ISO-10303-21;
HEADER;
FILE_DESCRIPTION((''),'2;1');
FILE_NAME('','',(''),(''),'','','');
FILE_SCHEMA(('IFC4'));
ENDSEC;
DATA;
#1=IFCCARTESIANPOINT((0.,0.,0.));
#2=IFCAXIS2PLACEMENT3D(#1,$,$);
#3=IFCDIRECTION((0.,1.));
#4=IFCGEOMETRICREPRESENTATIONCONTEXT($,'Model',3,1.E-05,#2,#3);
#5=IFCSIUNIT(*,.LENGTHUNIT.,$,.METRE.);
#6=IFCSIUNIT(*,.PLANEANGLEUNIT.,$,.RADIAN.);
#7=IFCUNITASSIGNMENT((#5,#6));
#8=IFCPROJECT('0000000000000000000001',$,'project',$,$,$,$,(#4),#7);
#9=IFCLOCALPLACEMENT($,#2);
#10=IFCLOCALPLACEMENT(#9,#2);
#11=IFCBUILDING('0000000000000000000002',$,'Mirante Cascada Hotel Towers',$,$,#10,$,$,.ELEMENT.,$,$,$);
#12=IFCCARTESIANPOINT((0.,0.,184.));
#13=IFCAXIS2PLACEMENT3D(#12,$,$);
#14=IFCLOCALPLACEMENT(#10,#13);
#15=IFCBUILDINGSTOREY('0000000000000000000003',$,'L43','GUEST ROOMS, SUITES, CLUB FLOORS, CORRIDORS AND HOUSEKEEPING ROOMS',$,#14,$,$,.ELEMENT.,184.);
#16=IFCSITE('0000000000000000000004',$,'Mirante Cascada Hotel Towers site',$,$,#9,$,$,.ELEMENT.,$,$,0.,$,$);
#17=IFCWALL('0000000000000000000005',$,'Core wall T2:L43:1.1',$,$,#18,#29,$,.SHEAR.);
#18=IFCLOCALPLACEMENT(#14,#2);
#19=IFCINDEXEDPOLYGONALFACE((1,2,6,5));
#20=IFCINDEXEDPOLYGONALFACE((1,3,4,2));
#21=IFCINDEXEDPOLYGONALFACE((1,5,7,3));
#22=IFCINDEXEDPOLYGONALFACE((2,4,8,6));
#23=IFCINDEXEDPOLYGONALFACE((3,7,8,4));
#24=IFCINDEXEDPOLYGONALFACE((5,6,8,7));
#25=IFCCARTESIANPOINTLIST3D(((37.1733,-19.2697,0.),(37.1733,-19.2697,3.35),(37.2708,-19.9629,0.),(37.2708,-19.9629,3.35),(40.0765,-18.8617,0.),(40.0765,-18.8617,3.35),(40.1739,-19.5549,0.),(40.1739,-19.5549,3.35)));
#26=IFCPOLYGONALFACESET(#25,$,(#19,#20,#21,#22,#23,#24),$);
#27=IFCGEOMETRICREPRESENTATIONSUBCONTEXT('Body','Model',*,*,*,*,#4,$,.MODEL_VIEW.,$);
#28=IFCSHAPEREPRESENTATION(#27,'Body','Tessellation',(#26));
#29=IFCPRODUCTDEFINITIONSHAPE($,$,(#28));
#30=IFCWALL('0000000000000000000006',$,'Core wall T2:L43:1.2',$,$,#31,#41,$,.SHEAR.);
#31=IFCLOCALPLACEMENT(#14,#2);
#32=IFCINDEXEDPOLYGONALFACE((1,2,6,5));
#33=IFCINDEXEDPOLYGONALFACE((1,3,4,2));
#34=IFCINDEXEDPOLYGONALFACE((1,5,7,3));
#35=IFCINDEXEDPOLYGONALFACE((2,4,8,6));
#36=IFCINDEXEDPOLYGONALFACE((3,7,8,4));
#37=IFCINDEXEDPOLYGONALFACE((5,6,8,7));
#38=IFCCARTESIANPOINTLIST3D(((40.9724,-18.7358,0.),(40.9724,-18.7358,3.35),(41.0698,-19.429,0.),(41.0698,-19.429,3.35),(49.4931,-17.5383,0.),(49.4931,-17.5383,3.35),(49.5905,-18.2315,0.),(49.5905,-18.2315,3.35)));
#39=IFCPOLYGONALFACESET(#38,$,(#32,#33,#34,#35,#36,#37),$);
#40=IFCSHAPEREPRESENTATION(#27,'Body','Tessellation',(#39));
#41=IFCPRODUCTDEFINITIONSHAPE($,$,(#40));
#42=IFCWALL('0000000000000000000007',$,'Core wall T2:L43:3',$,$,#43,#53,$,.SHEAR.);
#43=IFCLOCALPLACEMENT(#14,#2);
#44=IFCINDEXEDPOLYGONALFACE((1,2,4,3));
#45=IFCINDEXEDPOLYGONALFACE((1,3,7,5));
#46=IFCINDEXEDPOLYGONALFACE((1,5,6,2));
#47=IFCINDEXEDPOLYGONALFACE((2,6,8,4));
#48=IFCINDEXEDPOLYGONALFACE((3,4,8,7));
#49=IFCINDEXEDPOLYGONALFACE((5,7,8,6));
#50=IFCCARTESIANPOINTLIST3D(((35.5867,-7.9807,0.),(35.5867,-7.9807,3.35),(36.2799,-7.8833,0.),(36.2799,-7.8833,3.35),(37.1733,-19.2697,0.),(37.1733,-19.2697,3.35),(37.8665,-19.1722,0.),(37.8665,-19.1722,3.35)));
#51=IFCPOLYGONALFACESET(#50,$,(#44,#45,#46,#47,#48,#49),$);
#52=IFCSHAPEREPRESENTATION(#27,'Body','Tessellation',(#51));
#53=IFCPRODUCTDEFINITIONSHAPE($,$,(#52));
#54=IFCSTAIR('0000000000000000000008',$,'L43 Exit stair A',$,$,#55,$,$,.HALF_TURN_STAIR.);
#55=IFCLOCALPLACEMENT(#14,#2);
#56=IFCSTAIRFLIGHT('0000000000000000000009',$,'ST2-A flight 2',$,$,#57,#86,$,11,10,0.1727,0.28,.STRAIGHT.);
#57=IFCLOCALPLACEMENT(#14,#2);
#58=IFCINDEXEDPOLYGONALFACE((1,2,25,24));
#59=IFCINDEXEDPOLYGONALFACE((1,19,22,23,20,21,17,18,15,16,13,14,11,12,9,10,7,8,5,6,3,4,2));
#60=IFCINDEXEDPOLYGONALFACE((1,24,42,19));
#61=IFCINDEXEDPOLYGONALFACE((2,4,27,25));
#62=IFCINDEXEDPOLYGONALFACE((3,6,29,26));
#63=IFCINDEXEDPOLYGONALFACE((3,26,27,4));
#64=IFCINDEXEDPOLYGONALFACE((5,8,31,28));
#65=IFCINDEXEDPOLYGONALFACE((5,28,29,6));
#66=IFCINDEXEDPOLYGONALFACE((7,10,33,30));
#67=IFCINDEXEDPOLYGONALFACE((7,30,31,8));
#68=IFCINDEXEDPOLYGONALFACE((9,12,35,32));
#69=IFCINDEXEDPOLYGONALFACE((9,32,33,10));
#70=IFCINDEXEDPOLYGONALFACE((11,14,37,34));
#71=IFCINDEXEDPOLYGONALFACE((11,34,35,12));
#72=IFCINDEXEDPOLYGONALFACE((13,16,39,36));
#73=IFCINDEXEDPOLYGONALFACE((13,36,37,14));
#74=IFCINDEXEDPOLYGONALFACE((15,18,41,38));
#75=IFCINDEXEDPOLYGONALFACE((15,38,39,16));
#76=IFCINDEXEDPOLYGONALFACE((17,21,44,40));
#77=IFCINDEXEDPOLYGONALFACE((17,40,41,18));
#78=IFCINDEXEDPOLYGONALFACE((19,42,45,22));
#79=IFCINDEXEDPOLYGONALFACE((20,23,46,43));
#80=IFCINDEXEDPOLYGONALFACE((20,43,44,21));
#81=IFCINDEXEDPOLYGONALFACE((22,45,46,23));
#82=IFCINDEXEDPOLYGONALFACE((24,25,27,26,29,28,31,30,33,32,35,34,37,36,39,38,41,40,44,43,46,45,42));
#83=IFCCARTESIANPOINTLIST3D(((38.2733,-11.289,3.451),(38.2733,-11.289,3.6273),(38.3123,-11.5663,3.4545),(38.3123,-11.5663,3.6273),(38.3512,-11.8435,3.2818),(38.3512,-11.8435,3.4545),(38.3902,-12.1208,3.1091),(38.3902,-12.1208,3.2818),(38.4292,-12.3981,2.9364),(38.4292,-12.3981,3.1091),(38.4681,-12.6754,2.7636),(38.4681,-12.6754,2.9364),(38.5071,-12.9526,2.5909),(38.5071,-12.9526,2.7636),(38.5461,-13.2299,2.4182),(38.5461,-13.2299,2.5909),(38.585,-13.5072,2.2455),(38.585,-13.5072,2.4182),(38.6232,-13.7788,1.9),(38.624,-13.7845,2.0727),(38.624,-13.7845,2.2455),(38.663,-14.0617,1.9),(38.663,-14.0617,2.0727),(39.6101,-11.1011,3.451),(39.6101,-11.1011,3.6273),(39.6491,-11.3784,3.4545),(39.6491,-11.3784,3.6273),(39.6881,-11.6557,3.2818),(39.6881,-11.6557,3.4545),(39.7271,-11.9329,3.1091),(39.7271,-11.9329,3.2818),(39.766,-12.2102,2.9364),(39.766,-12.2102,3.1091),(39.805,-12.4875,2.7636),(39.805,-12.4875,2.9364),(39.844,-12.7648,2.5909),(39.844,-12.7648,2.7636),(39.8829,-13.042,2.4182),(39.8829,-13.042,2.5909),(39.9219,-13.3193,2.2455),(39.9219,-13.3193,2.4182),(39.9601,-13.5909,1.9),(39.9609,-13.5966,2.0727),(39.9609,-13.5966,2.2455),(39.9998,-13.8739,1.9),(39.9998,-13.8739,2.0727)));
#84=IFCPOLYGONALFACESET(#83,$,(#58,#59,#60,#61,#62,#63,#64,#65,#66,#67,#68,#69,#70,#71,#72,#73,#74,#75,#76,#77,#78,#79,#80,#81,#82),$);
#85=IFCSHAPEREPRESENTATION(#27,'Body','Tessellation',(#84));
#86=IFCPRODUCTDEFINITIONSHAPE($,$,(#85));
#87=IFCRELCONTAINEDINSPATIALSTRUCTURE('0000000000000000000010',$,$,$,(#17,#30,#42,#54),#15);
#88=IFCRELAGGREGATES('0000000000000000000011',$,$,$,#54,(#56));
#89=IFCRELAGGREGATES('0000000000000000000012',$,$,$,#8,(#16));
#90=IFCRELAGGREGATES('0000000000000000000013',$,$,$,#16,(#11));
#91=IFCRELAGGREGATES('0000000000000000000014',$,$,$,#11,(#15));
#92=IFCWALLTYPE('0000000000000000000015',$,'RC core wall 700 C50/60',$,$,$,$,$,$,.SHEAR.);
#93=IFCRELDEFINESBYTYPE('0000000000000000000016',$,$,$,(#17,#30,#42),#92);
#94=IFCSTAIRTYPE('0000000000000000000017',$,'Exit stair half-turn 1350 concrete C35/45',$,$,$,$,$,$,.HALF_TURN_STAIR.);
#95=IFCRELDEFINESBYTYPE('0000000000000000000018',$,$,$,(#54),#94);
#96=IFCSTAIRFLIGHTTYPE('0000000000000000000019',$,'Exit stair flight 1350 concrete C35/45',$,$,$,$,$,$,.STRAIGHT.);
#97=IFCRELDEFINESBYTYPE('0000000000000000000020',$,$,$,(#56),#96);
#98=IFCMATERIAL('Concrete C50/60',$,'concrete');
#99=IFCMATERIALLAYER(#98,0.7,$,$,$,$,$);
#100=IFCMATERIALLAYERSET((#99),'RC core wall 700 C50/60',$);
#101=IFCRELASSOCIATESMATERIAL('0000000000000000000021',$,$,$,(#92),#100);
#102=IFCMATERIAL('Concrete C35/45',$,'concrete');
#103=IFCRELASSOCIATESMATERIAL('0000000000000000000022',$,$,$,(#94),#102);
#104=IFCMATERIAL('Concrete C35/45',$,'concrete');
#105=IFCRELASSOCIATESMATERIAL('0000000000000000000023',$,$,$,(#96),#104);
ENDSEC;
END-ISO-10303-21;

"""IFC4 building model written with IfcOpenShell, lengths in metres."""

from ifc_helpers import new_model, si_unit, direction, frame, frame_2d, origin, place, context, subcontext, project, spatial, polyline, rectangle, outline, extrude, material, layer, layer_set, type_object, element, aggregate, save


model = new_model("IFC4")

# Units and contexts
model_context = context("Model", 3, precision=1e-05, world=origin(), true_north=direction((0.0, 1.0)))
body_context = subcontext(model_context, "Body", "Model", "MODEL_VIEW")
ifc_project = project(units=[si_unit("LENGTHUNIT", "METRE"), si_unit("PLANEANGLEUNIT", "RADIAN")], contexts=[model_context])

# Site, building, storey
site_placement = place(None, origin())
site = spatial("IfcSite", under=ifc_project, at=site_placement, Name="Mirante Cascada Hotel Towers site", CompositionType="ELEMENT", RefElevation=0.0)
building_placement = place(site_placement, origin())
building = spatial("IfcBuilding", under=site, at=building_placement, Name="Mirante Cascada Hotel Towers", CompositionType="ELEMENT")
storey_placement = place(building_placement, frame((0.0, 0.0, 184.0)))
storey = spatial("IfcBuildingStorey", under=building, at=storey_placement, Name="L43", Description="GUEST ROOMS, SUITES, CLUB FLOORS, CORRIDORS AND HOUSEKEEPING ROOMS", CompositionType="ELEMENT", Elevation=184.0)

# Walls
ifc_material_1 = material(Name="Concrete C50/60", Category="concrete")
ifc_layer_1 = layer(ifc_material_1, 0.7)
ifc_layer_set_1 = layer_set([ifc_layer_1], Name="RC core wall 700 C50/60")
wall_type_1 = type_object("IfcWallType", Name="RC core wall 700 C50/60", PredefinedType="SHEAR", material=ifc_layer_set_1)
wall_1_placement = place(storey_placement, frame((37.222, -19.6163, 0.0), z_axis=(0.0, 0.0, 1.0), x_axis=(0.990269, 0.139167, 0.0)))
element("IfcWall", 1, at=wall_1_placement, inside=storey, type_object=wall_type_1, Name="Core wall T2:L43:1.1", PredefinedType="SHEAR", context=body_context, shape_type="SweptSolid", body=[
    extrude(rectangle(XDim=2.9317, YDim=0.7, at=frame_2d((1.4659, 0.0))), origin(), (0.0, 0.0, 1.0), 3.35),
])
wall_2_placement = place(storey_placement, frame((41.0211, -19.0824, 0.0), z_axis=(0.0, 0.0, 1.0), x_axis=(0.990268, 0.139172, 0.0)))
element("IfcWall", 2, at=wall_2_placement, inside=storey, type_object=wall_type_1, Name="Core wall T2:L43:1.2", PredefinedType="SHEAR", context=body_context, shape_type="SweptSolid", body=[
    extrude(rectangle(XDim=8.6044, YDim=0.7, at=frame_2d((4.3022, 0.0))), origin(), (0.0, 0.0, 1.0), 3.35),
])
wall_3_placement = place(storey_placement, frame((37.5199, -19.221, 0.0), z_axis=(0.0, 0.0, 1.0), x_axis=(-0.139176, 0.990268, 0.0)))
element("IfcWall", 3, at=wall_3_placement, inside=storey, type_object=wall_type_1, Name="Core wall T2:L43:3", PredefinedType="SHEAR", context=body_context, shape_type="SweptSolid", body=[
    extrude(rectangle(XDim=11.3999, YDim=0.7, at=frame_2d((5.7, 0.0))), origin(), (0.0, 0.0, 1.0), 3.35),
])

# Stair, stair flight
ifc_material_2 = material(Name="Concrete C35/45", Category="concrete")
stair_type = type_object("IfcStairType", Name="Exit stair half-turn 1350 concrete C35/45", PredefinedType="HALF_TURN_STAIR", material=ifc_material_2)
stair_placement = place(storey_placement, origin())
stair = element("IfcStair", 4, at=stair_placement, inside=storey, type_object=stair_type, Name="L43 Exit stair A", PredefinedType="HALF_TURN_STAIR")
ifc_material_3 = material(Name="Concrete C35/45", Category="concrete")
stair_flight_type = type_object("IfcStairFlightType", Name="Exit stair flight 1350 concrete C35/45", PredefinedType="STRAIGHT", material=ifc_material_3)
stair_flight_placement = place(storey_placement, frame((39.3314, -13.9678, 1.9), z_axis=(0.0, 0.0, 1.0), x_axis=(-0.139173, 0.990268, 0.0)))
stair_flight = element("IfcStairFlight", 5, at=stair_flight_placement, type_object=stair_flight_type, Name="ST2-A flight 2", NumberOfRisers=11, NumberOfTreads=10, PredefinedType="STRAIGHT", RiserHeight=0.1727, TreadLength=0.28, context=body_context, shape_type="SweptSolid", body=[
    extrude(outline(polyline([(0.0, 0.0), (0.0, 0.1727), (0.28, 0.1727), (0.28, 0.3455), (0.56, 0.3455), (0.56, 0.5182), (0.84, 0.5182), (0.84, 0.6909), (1.12, 0.6909), (1.12, 0.8636), (1.4, 0.8636), (1.4, 1.0364), (1.68, 1.0364), (1.68, 1.2091), (1.96, 1.2091), (1.96, 1.3818), (2.24, 1.3818), (2.24, 1.5545), (2.52, 1.5545), (2.52, 1.7273), (2.8, 1.7273), (2.8, 1.9), (2.8, 1.551), (0.2857, 0.0), (0.0, 0.0)])), frame((0.0, 0.675, 0.0), z_axis=(0.0, -1.0, 0.0), x_axis=(1.0, 0.0, 0.0)), (0.0, 0.0, 1.0), 1.35),
])
aggregate(stair, [stair_flight])

save(model, "model.ifc")
